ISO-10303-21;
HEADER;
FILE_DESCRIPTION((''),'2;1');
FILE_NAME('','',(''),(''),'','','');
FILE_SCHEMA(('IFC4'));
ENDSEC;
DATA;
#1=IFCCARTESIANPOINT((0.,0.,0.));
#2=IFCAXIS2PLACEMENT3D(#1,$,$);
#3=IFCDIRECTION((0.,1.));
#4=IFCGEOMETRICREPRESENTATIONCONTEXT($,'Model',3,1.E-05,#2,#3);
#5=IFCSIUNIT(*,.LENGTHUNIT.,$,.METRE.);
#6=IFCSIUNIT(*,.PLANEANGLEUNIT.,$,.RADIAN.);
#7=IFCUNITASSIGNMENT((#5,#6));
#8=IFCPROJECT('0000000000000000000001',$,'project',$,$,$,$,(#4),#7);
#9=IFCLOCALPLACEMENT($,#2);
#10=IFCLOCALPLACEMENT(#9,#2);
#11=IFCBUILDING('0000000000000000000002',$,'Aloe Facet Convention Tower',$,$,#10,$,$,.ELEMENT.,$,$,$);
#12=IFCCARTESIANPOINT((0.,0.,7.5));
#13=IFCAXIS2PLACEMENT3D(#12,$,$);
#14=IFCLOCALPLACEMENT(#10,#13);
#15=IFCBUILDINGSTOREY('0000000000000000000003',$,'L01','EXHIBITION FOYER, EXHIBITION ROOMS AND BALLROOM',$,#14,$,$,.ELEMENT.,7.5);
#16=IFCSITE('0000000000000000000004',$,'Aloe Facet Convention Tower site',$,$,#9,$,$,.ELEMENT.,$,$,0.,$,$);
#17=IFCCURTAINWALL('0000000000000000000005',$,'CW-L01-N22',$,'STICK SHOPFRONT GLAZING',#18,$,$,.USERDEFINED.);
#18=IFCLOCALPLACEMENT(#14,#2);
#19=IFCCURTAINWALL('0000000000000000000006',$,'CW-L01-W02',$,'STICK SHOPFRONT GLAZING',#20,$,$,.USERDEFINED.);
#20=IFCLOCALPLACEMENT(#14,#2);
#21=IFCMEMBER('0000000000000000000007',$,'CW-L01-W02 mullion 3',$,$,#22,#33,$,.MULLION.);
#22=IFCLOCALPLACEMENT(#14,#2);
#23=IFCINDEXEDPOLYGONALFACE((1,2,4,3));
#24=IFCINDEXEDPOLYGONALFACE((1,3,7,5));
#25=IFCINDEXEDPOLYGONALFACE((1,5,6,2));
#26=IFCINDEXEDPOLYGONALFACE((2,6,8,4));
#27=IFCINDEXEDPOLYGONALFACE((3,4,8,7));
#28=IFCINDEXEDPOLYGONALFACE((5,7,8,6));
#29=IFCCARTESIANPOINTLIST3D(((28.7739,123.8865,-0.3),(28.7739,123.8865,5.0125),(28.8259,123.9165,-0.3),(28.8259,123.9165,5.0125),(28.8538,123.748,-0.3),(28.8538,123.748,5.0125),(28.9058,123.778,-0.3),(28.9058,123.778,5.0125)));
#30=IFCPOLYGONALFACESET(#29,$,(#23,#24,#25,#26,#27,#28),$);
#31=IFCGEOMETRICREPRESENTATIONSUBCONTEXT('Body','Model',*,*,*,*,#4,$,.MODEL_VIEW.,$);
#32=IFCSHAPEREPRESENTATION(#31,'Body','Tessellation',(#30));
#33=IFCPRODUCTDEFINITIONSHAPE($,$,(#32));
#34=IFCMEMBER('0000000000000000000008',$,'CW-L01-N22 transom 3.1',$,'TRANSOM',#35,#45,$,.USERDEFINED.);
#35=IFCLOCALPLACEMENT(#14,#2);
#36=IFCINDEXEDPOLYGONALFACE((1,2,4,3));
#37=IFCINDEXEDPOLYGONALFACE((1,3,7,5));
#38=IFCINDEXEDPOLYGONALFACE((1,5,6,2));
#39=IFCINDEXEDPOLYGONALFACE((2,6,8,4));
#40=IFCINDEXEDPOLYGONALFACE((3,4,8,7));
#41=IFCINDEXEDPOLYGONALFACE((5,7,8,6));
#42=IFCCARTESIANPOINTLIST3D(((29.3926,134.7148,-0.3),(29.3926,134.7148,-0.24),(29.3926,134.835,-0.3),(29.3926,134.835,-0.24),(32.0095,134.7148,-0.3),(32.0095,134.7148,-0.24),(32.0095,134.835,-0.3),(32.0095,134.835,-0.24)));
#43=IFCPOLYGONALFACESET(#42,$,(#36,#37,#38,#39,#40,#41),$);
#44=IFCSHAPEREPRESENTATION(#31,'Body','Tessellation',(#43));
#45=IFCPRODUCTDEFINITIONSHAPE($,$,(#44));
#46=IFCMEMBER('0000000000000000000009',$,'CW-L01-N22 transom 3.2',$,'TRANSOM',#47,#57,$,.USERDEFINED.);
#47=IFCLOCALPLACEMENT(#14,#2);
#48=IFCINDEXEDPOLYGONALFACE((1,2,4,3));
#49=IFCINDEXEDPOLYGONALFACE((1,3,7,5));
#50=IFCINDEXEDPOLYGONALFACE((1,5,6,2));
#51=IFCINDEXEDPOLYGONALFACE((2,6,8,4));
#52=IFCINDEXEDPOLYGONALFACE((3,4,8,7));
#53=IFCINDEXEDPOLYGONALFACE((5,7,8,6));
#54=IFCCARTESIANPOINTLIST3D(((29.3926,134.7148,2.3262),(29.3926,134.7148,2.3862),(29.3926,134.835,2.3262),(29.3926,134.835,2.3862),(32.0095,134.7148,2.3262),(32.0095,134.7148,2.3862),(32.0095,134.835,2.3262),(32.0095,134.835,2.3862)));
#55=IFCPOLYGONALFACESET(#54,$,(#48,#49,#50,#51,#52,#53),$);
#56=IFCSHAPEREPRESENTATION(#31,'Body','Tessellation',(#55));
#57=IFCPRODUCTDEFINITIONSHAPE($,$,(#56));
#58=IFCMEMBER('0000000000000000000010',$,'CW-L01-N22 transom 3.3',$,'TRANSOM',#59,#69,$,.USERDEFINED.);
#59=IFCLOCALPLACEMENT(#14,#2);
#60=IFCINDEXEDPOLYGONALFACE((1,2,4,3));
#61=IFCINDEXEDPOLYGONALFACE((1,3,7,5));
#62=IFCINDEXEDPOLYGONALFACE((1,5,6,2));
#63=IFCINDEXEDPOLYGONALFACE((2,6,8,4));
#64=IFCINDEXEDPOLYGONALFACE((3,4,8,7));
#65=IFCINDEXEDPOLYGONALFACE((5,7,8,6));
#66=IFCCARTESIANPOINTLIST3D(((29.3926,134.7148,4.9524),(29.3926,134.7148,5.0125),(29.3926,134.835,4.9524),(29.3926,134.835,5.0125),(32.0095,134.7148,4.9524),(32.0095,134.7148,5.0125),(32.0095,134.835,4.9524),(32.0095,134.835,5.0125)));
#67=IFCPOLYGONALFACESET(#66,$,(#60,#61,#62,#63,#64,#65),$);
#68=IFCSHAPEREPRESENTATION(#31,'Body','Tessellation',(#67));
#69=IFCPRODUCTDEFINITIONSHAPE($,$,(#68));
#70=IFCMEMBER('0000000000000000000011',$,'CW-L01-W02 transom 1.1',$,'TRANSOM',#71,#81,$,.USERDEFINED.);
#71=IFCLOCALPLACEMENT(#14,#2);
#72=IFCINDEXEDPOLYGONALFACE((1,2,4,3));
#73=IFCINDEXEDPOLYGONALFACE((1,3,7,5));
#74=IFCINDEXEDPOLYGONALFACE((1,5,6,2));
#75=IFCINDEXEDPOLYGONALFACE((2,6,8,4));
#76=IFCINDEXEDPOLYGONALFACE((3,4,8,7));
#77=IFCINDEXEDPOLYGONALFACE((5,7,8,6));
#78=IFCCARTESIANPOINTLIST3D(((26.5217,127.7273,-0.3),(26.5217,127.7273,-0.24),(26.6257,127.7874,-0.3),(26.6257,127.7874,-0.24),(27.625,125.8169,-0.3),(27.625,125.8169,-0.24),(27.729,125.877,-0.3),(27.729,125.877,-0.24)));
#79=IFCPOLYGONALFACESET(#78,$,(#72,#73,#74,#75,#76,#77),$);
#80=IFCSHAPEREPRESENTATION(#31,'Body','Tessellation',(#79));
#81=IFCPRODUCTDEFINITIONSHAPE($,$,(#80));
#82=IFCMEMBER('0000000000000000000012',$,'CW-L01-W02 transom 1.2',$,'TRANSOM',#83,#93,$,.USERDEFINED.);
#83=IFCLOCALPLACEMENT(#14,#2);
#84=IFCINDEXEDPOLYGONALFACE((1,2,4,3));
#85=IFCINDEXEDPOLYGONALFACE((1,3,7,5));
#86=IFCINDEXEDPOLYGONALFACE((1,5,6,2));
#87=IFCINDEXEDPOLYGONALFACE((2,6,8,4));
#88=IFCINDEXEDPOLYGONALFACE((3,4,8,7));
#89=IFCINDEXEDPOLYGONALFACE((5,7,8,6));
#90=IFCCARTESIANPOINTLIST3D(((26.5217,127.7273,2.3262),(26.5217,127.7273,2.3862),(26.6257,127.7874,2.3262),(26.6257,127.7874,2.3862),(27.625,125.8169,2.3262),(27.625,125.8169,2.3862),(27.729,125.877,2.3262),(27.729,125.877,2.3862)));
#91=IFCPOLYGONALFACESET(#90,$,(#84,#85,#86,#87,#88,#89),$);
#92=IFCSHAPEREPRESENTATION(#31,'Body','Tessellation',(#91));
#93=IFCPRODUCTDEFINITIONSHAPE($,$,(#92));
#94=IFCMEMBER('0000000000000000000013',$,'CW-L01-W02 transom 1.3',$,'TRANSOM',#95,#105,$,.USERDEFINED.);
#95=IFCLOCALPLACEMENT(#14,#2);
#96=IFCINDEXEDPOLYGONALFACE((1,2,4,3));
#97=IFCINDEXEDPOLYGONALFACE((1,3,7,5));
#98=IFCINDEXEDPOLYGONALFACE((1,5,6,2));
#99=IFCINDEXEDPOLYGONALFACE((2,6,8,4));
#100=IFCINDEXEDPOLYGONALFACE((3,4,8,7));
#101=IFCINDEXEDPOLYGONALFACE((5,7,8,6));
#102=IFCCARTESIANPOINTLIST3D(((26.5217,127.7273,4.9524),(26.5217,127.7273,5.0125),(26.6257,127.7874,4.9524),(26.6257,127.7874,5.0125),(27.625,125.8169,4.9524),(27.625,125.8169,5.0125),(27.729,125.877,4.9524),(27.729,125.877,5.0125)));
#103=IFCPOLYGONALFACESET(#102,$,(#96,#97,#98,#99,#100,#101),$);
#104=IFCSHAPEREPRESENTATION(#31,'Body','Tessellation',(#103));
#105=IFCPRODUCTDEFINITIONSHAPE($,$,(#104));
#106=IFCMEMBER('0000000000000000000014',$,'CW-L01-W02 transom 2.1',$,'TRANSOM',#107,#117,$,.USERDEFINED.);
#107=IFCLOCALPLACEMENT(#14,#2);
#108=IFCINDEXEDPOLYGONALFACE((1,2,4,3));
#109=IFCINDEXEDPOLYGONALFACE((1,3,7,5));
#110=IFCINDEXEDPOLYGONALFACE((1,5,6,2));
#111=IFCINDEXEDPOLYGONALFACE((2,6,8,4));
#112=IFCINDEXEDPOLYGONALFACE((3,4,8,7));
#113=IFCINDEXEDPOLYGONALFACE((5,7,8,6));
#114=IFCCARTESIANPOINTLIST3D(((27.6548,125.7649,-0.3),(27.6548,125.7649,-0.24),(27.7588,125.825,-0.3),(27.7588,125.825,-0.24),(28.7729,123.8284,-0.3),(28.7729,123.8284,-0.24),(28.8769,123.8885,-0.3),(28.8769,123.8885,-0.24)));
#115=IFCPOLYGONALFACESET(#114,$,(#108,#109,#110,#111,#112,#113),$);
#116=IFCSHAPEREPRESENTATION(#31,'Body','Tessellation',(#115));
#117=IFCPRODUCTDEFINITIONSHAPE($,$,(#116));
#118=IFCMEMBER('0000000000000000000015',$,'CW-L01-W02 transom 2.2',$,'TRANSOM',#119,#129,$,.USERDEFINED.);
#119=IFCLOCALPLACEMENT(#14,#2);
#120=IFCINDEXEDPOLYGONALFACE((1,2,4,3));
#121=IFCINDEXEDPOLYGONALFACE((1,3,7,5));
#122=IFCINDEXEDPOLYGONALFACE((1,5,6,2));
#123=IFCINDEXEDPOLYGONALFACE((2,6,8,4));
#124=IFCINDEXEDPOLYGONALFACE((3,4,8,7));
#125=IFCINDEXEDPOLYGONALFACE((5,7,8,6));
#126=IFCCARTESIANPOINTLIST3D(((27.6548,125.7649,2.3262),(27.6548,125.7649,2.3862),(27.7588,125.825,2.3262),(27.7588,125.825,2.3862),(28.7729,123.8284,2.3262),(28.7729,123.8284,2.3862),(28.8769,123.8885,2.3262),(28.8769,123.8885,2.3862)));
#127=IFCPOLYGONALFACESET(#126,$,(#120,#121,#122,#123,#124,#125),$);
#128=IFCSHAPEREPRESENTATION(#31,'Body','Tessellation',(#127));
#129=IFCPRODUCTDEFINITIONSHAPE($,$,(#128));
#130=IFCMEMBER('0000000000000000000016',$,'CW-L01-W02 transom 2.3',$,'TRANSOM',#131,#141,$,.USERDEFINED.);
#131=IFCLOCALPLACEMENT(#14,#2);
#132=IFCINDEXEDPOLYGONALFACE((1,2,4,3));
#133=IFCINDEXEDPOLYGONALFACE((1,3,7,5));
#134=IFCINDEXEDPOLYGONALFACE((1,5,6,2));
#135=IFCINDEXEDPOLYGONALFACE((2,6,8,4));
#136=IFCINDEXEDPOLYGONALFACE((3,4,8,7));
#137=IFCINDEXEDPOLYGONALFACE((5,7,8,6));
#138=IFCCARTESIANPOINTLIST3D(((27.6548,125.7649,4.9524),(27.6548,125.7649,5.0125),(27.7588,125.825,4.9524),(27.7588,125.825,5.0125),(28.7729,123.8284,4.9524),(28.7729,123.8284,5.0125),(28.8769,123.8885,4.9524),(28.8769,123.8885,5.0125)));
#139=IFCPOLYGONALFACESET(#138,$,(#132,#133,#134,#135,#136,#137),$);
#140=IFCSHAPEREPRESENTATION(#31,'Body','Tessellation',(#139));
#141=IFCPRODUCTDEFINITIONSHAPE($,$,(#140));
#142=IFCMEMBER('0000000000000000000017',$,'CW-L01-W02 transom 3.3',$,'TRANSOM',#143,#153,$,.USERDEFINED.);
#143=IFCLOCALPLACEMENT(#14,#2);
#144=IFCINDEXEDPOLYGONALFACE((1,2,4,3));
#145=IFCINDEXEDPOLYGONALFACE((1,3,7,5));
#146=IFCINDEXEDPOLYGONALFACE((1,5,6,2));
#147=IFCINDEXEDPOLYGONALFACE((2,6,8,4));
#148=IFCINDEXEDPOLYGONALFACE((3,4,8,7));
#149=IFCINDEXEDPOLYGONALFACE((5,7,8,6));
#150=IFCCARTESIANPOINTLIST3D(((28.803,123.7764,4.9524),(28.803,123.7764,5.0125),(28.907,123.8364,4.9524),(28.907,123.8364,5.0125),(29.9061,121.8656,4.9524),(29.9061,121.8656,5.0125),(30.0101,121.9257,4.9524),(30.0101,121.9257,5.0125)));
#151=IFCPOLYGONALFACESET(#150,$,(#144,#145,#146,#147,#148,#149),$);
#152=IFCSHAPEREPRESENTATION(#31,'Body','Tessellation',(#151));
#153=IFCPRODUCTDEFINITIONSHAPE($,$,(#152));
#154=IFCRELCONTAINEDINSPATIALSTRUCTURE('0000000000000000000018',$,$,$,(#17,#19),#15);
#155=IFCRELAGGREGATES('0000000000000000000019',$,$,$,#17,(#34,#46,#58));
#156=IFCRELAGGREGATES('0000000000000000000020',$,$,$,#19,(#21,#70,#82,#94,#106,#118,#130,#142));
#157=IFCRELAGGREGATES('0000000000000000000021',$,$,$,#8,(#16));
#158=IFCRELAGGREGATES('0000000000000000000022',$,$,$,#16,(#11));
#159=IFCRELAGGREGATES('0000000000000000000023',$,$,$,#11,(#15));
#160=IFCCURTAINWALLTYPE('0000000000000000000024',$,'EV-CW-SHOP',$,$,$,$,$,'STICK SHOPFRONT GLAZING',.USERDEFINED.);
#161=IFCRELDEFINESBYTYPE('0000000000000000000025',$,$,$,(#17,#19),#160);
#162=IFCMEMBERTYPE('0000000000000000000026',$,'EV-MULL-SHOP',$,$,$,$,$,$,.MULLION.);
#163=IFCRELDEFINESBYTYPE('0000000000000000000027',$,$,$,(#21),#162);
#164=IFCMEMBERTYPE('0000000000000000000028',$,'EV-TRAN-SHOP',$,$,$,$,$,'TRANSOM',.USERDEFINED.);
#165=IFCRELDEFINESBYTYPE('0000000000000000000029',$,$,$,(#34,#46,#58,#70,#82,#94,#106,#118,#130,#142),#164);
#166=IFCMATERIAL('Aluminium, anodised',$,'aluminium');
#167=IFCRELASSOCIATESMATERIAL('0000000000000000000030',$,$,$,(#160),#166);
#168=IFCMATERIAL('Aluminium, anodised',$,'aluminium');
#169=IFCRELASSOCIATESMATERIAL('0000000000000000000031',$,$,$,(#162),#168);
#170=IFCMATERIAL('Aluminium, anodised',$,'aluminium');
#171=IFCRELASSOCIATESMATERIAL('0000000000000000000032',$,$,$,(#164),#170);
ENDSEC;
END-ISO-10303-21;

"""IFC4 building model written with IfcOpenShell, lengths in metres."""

from ifc_helpers import new_model, si_unit, direction, frame, origin, origin_2d, place, context, subcontext, project, spatial, rectangle, extrude, material, material_profile, profile_set, type_object, element, aggregate, save


model = new_model("IFC4")

# Units and contexts
model_context = context("Model", 3, precision=1e-05, world=origin(), true_north=direction((0.0, 1.0)))
body_context = subcontext(model_context, "Body", "Model", "MODEL_VIEW")
ifc_project = project(units=[si_unit("LENGTHUNIT", "METRE"), si_unit("PLANEANGLEUNIT", "RADIAN")], contexts=[model_context])

# Site, building, storey
site_placement = place(None, origin())
site = spatial("IfcSite", under=ifc_project, at=site_placement, Name="Aloe Facet Convention Tower site", CompositionType="ELEMENT", RefElevation=0.0)
building_placement = place(site_placement, origin())
building = spatial("IfcBuilding", under=site, at=building_placement, Name="Aloe Facet Convention Tower", CompositionType="ELEMENT")
storey_placement = place(building_placement, frame((0.0, 0.0, 7.5)))
storey = spatial("IfcBuildingStorey", under=building, at=storey_placement, Name="L01", Description="EXHIBITION FOYER, EXHIBITION ROOMS AND BALLROOM", CompositionType="ELEMENT", Elevation=7.5)

# Curtain walls, member
ifc_material_1 = material(Name="Aluminium, anodised", Category="aluminium")
curtain_wall_type = type_object("IfcCurtainWallType", Name="EV-CW-SHOP", ElementType="STICK SHOPFRONT GLAZING", PredefinedType="USERDEFINED", material=ifc_material_1)
curtain_wall_1_placement = place(storey_placement, origin())
curtain_wall_1 = element("IfcCurtainWall", 1, at=curtain_wall_1_placement, inside=storey, type_object=curtain_wall_type, Name="CW-L01-N22", ObjectType="STICK SHOPFRONT GLAZING", PredefinedType="USERDEFINED")
ifc_material_2 = material(Name="Aluminium, anodised", Category="aluminium")
ifc_material_profile_1 = material_profile(ifc_material_2, rectangle(XDim=0.0601, YDim=0.1599, at=origin_2d()), Name="AL 60x160")
ifc_profile_set_1 = profile_set([ifc_material_profile_1], Name="Aluminium, anodised")
member_type_1 = type_object("IfcMemberType", Name="EV-MULL-SHOP", PredefinedType="MULLION", material=ifc_profile_set_1)
curtain_wall_2_placement = place(storey_placement, origin())
curtain_wall_2 = element("IfcCurtainWall", 2, at=curtain_wall_2_placement, inside=storey, type_object=curtain_wall_type, Name="CW-L01-W02", ObjectType="STICK SHOPFRONT GLAZING", PredefinedType="USERDEFINED")
member_1_placement = place(storey_placement, frame((28.8398, 123.8323, -0.3), z_axis=(0.0, 0.0, 1.0), x_axis=(0.866025, 0.5, 0.0)))
member_1 = element("IfcMember", 3, at=member_1_placement, type_object=member_type_1, Name="CW-L01-W02 mullion 3", PredefinedType="MULLION", context=body_context, shape_type="SweptSolid", body=[
    extrude(rectangle(XDim=0.0601, YDim=0.1599, at=origin_2d()), origin(), (0.0, 0.0, 1.0), 5.3125),
])

# Members
ifc_material_3 = material(Name="Aluminium, anodised", Category="aluminium")
ifc_material_profile_2 = material_profile(ifc_material_3, rectangle(XDim=0.1201, YDim=0.0601, at=origin_2d()), Name="AL 120x60")
ifc_profile_set_2 = profile_set([ifc_material_profile_2], Name="Aluminium, anodised")
member_type_2 = type_object("IfcMemberType", Name="EV-TRAN-SHOP", ElementType="TRANSOM", PredefinedType="USERDEFINED", material=ifc_profile_set_2)
member_2_placement = place(storey_placement, frame((32.0095, 134.7749, -0.27), z_axis=(-1.0, 0.0, 0.0), x_axis=(0.0, -1.0, 0.0)))
member_2 = element("IfcMember", 4, at=member_2_placement, type_object=member_type_2, Name="CW-L01-N22 transom 3.1", ObjectType="TRANSOM", PredefinedType="USERDEFINED", context=body_context, shape_type="SweptSolid", body=[
    extrude(rectangle(XDim=0.1201, YDim=0.0601, at=origin_2d()), origin(), (0.0, 0.0, 1.0), 2.6169),
])
member_3_placement = place(storey_placement, frame((32.0095, 134.7749, 2.3562), z_axis=(-1.0, 0.0, 0.0), x_axis=(0.0, -1.0, 0.0)))
member_3 = element("IfcMember", 5, at=member_3_placement, type_object=member_type_2, Name="CW-L01-N22 transom 3.2", ObjectType="TRANSOM", PredefinedType="USERDEFINED", context=body_context, shape_type="SweptSolid", body=[
    extrude(rectangle(XDim=0.1201, YDim=0.0601, at=origin_2d()), origin(), (0.0, 0.0, 1.0), 2.6169),
])
member_4_placement = place(storey_placement, frame((32.0095, 134.7749, 4.9824), z_axis=(-1.0, 0.0, 0.0), x_axis=(0.0, -1.0, 0.0)))
member_4 = element("IfcMember", 6, at=member_4_placement, type_object=member_type_2, Name="CW-L01-N22 transom 3.3", ObjectType="TRANSOM", PredefinedType="USERDEFINED", context=body_context, shape_type="SweptSolid", body=[
    extrude(rectangle(XDim=0.1201, YDim=0.0601, at=origin_2d()), origin(), (0.0, 0.0, 1.0), 2.6169),
])
member_5_placement = place(storey_placement, frame((26.5737, 127.7573, -0.27), z_axis=(0.500102, -0.865966, 0.0), x_axis=(0.865966, 0.500102, 0.0)))
member_5 = element("IfcMember", 7, at=member_5_placement, type_object=member_type_2, Name="CW-L01-W02 transom 1.1", ObjectType="TRANSOM", PredefinedType="USERDEFINED", context=body_context, shape_type="SweptSolid", body=[
    extrude(rectangle(XDim=0.1201, YDim=0.0601, at=origin_2d()), origin(), (0.0, 0.0, 1.0), 2.2061),
])
member_6_placement = place(storey_placement, frame((26.5737, 127.7573, 2.3562), z_axis=(0.500102, -0.865966, 0.0), x_axis=(0.865966, 0.500102, 0.0)))
member_6 = element("IfcMember", 8, at=member_6_placement, type_object=member_type_2, Name="CW-L01-W02 transom 1.2", ObjectType="TRANSOM", PredefinedType="USERDEFINED", context=body_context, shape_type="SweptSolid", body=[
    extrude(rectangle(XDim=0.1201, YDim=0.0601, at=origin_2d()), origin(), (0.0, 0.0, 1.0), 2.2061),
])
member_7_placement = place(storey_placement, frame((26.5737, 127.7573, 4.9824), z_axis=(0.500102, -0.865966, 0.0), x_axis=(0.865966, 0.500102, 0.0)))
member_7 = element("IfcMember", 9, at=member_7_placement, type_object=member_type_2, Name="CW-L01-W02 transom 1.3", ObjectType="TRANSOM", PredefinedType="USERDEFINED", context=body_context, shape_type="SweptSolid", body=[
    extrude(rectangle(XDim=0.1201, YDim=0.0601, at=origin_2d()), origin(), (0.0, 0.0, 1.0), 2.2061),
])
member_8_placement = place(storey_placement, frame((27.7068, 125.7949, -0.27), z_axis=(0.500037, -0.866004, 0.0), x_axis=(0.866004, 0.500037, 0.0)))
member_8 = element("IfcMember", 10, at=member_8_placement, type_object=member_type_2, Name="CW-L01-W02 transom 2.1", ObjectType="TRANSOM", PredefinedType="USERDEFINED", context=body_context, shape_type="SweptSolid", body=[
    extrude(rectangle(XDim=0.1201, YDim=0.0601, at=origin_2d()), origin(), (0.0, 0.0, 1.0), 2.2361),
])
member_9_placement = place(storey_placement, frame((27.7068, 125.7949, 2.3562), z_axis=(0.500037, -0.866004, 0.0), x_axis=(0.866004, 0.500037, 0.0)))
member_9 = element("IfcMember", 11, at=member_9_placement, type_object=member_type_2, Name="CW-L01-W02 transom 2.2", ObjectType="TRANSOM", PredefinedType="USERDEFINED", context=body_context, shape_type="SweptSolid", body=[
    extrude(rectangle(XDim=0.1201, YDim=0.0601, at=origin_2d()), origin(), (0.0, 0.0, 1.0), 2.2361),
])
member_10_placement = place(storey_placement, frame((27.7068, 125.7949, 4.9824), z_axis=(0.500037, -0.866004, 0.0), x_axis=(0.866004, 0.500037, 0.0)))
member_10 = element("IfcMember", 12, at=member_10_placement, type_object=member_type_2, Name="CW-L01-W02 transom 2.3", ObjectType="TRANSOM", PredefinedType="USERDEFINED", context=body_context, shape_type="SweptSolid", body=[
    extrude(rectangle(XDim=0.1201, YDim=0.0601, at=origin_2d()), origin(), (0.0, 0.0, 1.0), 2.2361),
])
member_11_placement = place(storey_placement, frame((28.855, 123.8064, 4.9824), z_axis=(0.499972, -0.866042, 0.0), x_axis=(0.866042, 0.499972, 0.0)))
member_11 = element("IfcMember", 13, at=member_11_placement, type_object=member_type_2, Name="CW-L01-W02 transom 3.3", ObjectType="TRANSOM", PredefinedType="USERDEFINED", context=body_context, shape_type="SweptSolid", body=[
    extrude(rectangle(XDim=0.1201, YDim=0.0601, at=origin_2d()), origin(), (0.0, 0.0, 1.0), 2.2063),
])

aggregate(curtain_wall_1, [member_2, member_3, member_4])
aggregate(curtain_wall_2, [member_1, member_5, member_6, member_7, member_8, member_9, member_10, member_11])

save(model, "model.ifc")
